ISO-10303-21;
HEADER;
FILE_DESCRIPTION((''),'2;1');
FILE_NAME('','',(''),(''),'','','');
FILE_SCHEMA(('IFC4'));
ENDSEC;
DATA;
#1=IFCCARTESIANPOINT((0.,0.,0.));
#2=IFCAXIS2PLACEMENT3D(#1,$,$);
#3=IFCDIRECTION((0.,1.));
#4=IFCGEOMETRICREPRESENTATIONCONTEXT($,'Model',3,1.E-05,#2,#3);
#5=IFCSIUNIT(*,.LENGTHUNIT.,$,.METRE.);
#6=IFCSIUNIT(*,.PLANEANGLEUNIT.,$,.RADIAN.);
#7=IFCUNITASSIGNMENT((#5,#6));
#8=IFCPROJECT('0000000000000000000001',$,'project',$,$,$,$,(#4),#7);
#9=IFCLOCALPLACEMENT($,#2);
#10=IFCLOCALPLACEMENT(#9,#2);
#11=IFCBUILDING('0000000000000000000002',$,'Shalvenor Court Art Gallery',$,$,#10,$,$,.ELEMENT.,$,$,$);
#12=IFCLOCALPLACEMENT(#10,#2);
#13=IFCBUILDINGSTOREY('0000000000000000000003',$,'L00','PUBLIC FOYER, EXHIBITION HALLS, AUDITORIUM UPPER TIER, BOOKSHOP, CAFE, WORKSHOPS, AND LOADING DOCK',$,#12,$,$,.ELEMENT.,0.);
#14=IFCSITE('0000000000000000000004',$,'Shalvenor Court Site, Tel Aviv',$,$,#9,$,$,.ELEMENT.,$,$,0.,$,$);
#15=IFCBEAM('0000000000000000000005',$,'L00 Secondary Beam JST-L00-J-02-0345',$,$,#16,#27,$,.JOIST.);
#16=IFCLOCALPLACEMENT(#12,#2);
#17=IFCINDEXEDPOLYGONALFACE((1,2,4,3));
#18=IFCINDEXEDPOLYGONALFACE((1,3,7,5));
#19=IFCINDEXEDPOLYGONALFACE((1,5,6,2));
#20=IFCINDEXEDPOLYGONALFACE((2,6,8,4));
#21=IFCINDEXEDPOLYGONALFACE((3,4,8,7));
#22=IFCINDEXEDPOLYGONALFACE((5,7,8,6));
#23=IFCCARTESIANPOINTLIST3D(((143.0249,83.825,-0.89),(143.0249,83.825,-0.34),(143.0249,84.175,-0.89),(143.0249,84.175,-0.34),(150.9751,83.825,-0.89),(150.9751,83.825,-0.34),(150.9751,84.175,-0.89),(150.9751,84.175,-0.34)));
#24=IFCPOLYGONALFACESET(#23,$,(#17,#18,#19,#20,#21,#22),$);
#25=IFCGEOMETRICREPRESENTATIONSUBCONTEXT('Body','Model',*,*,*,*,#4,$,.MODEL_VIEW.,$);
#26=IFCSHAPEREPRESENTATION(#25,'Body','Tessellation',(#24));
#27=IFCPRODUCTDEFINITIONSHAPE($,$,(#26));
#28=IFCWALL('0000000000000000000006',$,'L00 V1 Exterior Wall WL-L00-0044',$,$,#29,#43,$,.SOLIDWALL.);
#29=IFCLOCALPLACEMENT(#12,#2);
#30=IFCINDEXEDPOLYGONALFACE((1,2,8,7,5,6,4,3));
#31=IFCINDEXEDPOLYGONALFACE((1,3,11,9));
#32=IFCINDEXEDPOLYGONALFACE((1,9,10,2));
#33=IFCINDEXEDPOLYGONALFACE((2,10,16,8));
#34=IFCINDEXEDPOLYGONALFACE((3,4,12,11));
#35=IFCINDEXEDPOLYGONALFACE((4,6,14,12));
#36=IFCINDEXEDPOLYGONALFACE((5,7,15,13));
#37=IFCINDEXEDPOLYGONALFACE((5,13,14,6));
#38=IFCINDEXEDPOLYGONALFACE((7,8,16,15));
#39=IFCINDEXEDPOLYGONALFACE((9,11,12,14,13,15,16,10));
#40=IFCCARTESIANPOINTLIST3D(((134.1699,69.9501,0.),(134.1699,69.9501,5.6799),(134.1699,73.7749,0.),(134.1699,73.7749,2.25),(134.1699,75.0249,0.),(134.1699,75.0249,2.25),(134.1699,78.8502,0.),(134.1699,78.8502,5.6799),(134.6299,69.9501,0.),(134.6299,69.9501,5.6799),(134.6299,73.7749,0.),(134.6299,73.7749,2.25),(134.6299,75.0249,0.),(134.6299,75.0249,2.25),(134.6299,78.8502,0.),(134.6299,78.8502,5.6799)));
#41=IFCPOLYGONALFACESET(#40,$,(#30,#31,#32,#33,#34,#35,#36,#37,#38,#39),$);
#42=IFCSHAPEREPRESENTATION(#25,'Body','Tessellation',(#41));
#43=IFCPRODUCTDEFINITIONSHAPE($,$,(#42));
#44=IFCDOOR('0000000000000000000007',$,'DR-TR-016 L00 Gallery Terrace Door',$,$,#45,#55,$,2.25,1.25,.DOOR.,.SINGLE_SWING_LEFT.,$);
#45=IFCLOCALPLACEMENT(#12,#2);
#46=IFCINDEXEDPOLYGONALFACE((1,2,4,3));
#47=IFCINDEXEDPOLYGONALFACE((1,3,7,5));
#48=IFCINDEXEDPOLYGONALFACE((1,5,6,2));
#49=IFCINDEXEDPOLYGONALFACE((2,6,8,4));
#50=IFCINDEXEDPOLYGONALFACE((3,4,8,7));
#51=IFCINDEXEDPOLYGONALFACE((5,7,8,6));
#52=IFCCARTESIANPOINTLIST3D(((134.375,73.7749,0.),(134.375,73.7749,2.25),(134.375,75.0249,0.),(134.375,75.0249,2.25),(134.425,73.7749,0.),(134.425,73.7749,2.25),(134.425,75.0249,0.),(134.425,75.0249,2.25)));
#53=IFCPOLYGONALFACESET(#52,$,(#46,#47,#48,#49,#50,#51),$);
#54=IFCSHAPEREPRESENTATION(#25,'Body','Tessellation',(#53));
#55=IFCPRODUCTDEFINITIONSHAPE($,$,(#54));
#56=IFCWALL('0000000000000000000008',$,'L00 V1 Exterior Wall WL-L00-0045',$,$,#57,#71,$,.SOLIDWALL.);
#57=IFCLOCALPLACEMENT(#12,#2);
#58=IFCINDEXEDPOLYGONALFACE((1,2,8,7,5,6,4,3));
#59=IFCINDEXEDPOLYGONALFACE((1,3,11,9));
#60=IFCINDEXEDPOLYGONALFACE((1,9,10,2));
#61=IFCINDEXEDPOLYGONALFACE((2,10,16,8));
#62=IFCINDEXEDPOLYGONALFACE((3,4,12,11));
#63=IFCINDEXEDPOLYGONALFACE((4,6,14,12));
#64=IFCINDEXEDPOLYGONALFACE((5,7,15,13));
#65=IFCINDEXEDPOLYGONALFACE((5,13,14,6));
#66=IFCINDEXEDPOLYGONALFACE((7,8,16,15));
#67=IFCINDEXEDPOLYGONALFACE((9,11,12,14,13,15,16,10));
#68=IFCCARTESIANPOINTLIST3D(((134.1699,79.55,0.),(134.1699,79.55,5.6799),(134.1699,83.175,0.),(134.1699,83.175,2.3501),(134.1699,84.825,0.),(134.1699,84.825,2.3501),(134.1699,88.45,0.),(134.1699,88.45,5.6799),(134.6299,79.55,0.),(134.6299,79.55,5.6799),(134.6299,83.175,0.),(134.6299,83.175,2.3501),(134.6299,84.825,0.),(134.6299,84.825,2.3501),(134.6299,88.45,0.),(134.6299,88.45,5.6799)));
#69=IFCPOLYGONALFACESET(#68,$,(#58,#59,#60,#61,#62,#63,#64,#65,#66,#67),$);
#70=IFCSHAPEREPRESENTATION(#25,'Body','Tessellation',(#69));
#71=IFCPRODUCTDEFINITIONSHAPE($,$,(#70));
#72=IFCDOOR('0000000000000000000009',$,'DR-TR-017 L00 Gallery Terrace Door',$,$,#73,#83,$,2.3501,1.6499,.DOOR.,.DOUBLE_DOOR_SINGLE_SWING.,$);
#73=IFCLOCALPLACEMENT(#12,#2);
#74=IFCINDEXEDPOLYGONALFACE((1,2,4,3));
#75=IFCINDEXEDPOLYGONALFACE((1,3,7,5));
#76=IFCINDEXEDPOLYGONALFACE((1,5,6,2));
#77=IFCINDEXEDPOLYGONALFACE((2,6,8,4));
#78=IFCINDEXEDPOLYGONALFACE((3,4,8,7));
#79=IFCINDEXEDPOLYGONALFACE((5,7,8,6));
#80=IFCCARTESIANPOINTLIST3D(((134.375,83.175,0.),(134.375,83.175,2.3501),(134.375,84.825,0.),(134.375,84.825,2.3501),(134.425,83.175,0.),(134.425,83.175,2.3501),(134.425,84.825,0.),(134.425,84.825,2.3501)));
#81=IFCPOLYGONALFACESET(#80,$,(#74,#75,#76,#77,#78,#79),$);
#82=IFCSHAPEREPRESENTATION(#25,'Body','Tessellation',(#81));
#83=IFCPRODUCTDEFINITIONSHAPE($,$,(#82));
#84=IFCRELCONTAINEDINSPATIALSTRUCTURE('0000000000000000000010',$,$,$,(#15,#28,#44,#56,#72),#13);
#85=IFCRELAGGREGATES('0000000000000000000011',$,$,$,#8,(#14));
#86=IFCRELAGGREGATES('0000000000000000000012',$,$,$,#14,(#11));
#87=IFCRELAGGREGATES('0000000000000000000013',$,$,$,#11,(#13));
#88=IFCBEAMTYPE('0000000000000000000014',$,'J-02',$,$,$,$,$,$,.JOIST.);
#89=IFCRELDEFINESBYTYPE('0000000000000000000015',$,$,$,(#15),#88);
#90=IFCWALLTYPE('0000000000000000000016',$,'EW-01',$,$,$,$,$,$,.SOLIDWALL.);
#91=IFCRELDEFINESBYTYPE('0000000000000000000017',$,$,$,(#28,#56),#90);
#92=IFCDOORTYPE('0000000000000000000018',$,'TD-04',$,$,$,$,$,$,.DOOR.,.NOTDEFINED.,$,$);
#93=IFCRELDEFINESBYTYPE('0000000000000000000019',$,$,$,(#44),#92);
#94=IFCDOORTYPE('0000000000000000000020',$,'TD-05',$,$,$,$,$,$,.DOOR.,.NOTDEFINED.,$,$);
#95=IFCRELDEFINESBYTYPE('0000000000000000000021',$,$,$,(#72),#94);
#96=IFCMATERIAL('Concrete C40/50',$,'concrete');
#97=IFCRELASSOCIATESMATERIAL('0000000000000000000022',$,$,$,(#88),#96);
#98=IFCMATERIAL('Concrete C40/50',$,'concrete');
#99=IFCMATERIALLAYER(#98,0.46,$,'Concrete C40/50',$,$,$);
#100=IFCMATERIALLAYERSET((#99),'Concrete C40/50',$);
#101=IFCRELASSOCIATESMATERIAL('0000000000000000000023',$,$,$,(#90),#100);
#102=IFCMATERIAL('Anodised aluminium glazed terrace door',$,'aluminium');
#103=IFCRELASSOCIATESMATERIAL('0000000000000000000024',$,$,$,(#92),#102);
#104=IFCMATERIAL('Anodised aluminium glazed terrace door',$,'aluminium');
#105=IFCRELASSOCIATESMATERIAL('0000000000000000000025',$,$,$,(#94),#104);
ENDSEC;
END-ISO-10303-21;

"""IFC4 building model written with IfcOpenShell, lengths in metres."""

from ifc_helpers import new_model, si_unit, direction, frame, frame_2d, origin, origin_2d, place, context, subcontext, project, spatial, rectangle, extrude, material, layer, layer_set, material_profile, profile_set, type_object, element, fill, save


model = new_model("IFC4")

# Units and contexts
model_context = context("Model", 3, precision=1e-05, world=origin(), true_north=direction((0.0, 1.0)))
body_context = subcontext(model_context, "Body", "Model", "MODEL_VIEW")
ifc_project = project(units=[si_unit("LENGTHUNIT", "METRE"), si_unit("PLANEANGLEUNIT", "RADIAN")], contexts=[model_context])

# Site, building, storey
site_placement = place(None, origin())
site = spatial("IfcSite", under=ifc_project, at=site_placement, Name="Shalvenor Court Site, Tel Aviv", CompositionType="ELEMENT", RefElevation=0.0)
building_placement = place(site_placement, origin())
building = spatial("IfcBuilding", under=site, at=building_placement, Name="Shalvenor Court Art Gallery", CompositionType="ELEMENT")
storey_placement = place(building_placement, origin())
storey = spatial("IfcBuildingStorey", under=building, at=storey_placement, Name="L00", Description="PUBLIC FOYER, EXHIBITION HALLS, AUDITORIUM UPPER TIER, BOOKSHOP, CAFE, WORKSHOPS, AND LOADING DOCK", CompositionType="ELEMENT", Elevation=0.0)

# Beam
ifc_material_1 = material(Name="Concrete C40/50", Category="concrete")
ifc_material_profile_1 = material_profile(ifc_material_1, rectangle(XDim=0.3501, YDim=0.55, at=origin_2d()), Name="RC 350x550")
ifc_profile_set_1 = profile_set([ifc_material_profile_1], Name="Concrete C40/50")
beam_type_1 = type_object("IfcBeamType", Name="J-02", PredefinedType="JOIST", material=ifc_profile_set_1)
for number, where, z_axis, x_axis, name in (
    (1, (143.0249, 84.0, -0.615), (1.0, 0.0, 0.0), (0.0, 1.0, 0.0), "L00 Secondary Beam JST-L00-J-02-0345"),
):
    element("IfcBeam", number, at=place(storey_placement, frame(where, z_axis=z_axis, x_axis=x_axis)), inside=storey, type_object=beam_type_1, Name=name, PredefinedType="JOIST", context=body_context, shape_type="SweptSolid", body=[
        extrude(rectangle(XDim=0.3501, YDim=0.55, at=origin_2d()), origin(), (0.0, 0.0, 1.0), 7.9502),
    ])

# Walls, openings, doors
ifc_material_2 = material(Name="Concrete C40/50", Category="concrete")
ifc_layer = layer(ifc_material_2, 0.46, Name="Concrete C40/50")
ifc_layer_set = layer_set([ifc_layer], Name="Concrete C40/50")
wall_type = type_object("IfcWallType", Name="EW-01", PredefinedType="SOLIDWALL", material=ifc_layer_set)
wall_1_placement = place(storey_placement, frame((134.3999, 69.95, 0.0), z_axis=(0.0, 0.0, 1.0), x_axis=(0.0, 1.0, 0.0)))
wall_1 = element("IfcWall", 2, at=wall_1_placement, inside=storey, type_object=wall_type, Name="L00 V1 Exterior Wall WL-L00-0044", PredefinedType="SOLIDWALL", context=body_context, shape_type="SweptSolid", body=[
    extrude(rectangle(XDim=8.9001, YDim=0.46, at=frame_2d((4.4502, 0.0))), origin(), (0.0, 0.0, 1.0), 5.6799),
])
opening_1_placement = place(wall_1_placement, frame((3.825, 0.0, 0.0)))
opening_1 = element("IfcOpeningElement", 3, at=opening_1_placement, cuts=wall_1, PredefinedType="OPENING", context=body_context, shape_type="SweptSolid", body=[
    extrude(rectangle(XDim=1.25, YDim=2.25, at=frame_2d((0.625, 1.125))), frame((0.0, 0.24, 0.0), z_axis=(0.0, -1.0, 0.0), x_axis=(1.0, 0.0, 0.0)), (0.0, 0.0, 1.0), 0.48),
])
ifc_material_3 = material(Name="Anodised aluminium glazed terrace door", Category="aluminium")
door_type_1 = type_object("IfcDoorType", Name="TD-04", OperationType="NOTDEFINED", PredefinedType="DOOR", material=ifc_material_3)
door_1_placement = place(opening_1_placement, origin())
door_1 = element("IfcDoor", 4, at=door_1_placement, inside=storey, type_object=door_type_1, Name="DR-TR-016 L00 Gallery Terrace Door", OperationType="SINGLE_SWING_LEFT", OverallHeight=2.25, OverallWidth=1.25, PredefinedType="DOOR", context=body_context, shape_type="SweptSolid", body=[
    extrude(rectangle(XDim=1.25, YDim=2.25, at=frame_2d((0.625, 1.125))), frame((0.0, 0.0249, 0.0), z_axis=(0.0, -1.0, 0.0), x_axis=(1.0, 0.0, 0.0)), (0.0, 0.0, 1.0), 0.05),
])
fill(opening_1, door_1)
wall_2_placement = place(storey_placement, frame((134.3999, 79.55, 0.0), z_axis=(0.0, 0.0, 1.0), x_axis=(0.0, 1.0, 0.0)))
wall_2 = element("IfcWall", 5, at=wall_2_placement, inside=storey, type_object=wall_type, Name="L00 V1 Exterior Wall WL-L00-0045", PredefinedType="SOLIDWALL", context=body_context, shape_type="SweptSolid", body=[
    extrude(rectangle(XDim=8.8999, YDim=0.46, at=frame_2d((4.45, 0.0))), origin(), (0.0, 0.0, 1.0), 5.6799),
])
opening_2_placement = place(wall_2_placement, frame((3.625, 0.0, 0.0)))
opening_2 = element("IfcOpeningElement", 6, at=opening_2_placement, cuts=wall_2, PredefinedType="OPENING", context=body_context, shape_type="SweptSolid", body=[
    extrude(rectangle(XDim=1.6499, YDim=2.3501, at=frame_2d((0.825, 1.175))), frame((0.0, 0.24, 0.0), z_axis=(0.0, -1.0, 0.0), x_axis=(1.0, 0.0, 0.0)), (0.0, 0.0, 1.0), 0.48),
])
ifc_material_4 = material(Name="Anodised aluminium glazed terrace door", Category="aluminium")
door_type_2 = type_object("IfcDoorType", Name="TD-05", OperationType="NOTDEFINED", PredefinedType="DOOR", material=ifc_material_4)
door_2_placement = place(opening_2_placement, origin())
door_2 = element("IfcDoor", 7, at=door_2_placement, inside=storey, type_object=door_type_2, Name="DR-TR-017 L00 Gallery Terrace Door", OperationType="DOUBLE_DOOR_SINGLE_SWING", OverallHeight=2.3501, OverallWidth=1.6499, PredefinedType="DOOR", context=body_context, shape_type="SweptSolid", body=[
    extrude(rectangle(XDim=1.6499, YDim=2.3501, at=frame_2d((0.825, 1.175))), frame((0.0, 0.0249, 0.0), z_axis=(0.0, -1.0, 0.0), x_axis=(1.0, 0.0, 0.0)), (0.0, 0.0, 1.0), 0.05),
])
fill(opening_2, door_2)

save(model, "model.ifc")
